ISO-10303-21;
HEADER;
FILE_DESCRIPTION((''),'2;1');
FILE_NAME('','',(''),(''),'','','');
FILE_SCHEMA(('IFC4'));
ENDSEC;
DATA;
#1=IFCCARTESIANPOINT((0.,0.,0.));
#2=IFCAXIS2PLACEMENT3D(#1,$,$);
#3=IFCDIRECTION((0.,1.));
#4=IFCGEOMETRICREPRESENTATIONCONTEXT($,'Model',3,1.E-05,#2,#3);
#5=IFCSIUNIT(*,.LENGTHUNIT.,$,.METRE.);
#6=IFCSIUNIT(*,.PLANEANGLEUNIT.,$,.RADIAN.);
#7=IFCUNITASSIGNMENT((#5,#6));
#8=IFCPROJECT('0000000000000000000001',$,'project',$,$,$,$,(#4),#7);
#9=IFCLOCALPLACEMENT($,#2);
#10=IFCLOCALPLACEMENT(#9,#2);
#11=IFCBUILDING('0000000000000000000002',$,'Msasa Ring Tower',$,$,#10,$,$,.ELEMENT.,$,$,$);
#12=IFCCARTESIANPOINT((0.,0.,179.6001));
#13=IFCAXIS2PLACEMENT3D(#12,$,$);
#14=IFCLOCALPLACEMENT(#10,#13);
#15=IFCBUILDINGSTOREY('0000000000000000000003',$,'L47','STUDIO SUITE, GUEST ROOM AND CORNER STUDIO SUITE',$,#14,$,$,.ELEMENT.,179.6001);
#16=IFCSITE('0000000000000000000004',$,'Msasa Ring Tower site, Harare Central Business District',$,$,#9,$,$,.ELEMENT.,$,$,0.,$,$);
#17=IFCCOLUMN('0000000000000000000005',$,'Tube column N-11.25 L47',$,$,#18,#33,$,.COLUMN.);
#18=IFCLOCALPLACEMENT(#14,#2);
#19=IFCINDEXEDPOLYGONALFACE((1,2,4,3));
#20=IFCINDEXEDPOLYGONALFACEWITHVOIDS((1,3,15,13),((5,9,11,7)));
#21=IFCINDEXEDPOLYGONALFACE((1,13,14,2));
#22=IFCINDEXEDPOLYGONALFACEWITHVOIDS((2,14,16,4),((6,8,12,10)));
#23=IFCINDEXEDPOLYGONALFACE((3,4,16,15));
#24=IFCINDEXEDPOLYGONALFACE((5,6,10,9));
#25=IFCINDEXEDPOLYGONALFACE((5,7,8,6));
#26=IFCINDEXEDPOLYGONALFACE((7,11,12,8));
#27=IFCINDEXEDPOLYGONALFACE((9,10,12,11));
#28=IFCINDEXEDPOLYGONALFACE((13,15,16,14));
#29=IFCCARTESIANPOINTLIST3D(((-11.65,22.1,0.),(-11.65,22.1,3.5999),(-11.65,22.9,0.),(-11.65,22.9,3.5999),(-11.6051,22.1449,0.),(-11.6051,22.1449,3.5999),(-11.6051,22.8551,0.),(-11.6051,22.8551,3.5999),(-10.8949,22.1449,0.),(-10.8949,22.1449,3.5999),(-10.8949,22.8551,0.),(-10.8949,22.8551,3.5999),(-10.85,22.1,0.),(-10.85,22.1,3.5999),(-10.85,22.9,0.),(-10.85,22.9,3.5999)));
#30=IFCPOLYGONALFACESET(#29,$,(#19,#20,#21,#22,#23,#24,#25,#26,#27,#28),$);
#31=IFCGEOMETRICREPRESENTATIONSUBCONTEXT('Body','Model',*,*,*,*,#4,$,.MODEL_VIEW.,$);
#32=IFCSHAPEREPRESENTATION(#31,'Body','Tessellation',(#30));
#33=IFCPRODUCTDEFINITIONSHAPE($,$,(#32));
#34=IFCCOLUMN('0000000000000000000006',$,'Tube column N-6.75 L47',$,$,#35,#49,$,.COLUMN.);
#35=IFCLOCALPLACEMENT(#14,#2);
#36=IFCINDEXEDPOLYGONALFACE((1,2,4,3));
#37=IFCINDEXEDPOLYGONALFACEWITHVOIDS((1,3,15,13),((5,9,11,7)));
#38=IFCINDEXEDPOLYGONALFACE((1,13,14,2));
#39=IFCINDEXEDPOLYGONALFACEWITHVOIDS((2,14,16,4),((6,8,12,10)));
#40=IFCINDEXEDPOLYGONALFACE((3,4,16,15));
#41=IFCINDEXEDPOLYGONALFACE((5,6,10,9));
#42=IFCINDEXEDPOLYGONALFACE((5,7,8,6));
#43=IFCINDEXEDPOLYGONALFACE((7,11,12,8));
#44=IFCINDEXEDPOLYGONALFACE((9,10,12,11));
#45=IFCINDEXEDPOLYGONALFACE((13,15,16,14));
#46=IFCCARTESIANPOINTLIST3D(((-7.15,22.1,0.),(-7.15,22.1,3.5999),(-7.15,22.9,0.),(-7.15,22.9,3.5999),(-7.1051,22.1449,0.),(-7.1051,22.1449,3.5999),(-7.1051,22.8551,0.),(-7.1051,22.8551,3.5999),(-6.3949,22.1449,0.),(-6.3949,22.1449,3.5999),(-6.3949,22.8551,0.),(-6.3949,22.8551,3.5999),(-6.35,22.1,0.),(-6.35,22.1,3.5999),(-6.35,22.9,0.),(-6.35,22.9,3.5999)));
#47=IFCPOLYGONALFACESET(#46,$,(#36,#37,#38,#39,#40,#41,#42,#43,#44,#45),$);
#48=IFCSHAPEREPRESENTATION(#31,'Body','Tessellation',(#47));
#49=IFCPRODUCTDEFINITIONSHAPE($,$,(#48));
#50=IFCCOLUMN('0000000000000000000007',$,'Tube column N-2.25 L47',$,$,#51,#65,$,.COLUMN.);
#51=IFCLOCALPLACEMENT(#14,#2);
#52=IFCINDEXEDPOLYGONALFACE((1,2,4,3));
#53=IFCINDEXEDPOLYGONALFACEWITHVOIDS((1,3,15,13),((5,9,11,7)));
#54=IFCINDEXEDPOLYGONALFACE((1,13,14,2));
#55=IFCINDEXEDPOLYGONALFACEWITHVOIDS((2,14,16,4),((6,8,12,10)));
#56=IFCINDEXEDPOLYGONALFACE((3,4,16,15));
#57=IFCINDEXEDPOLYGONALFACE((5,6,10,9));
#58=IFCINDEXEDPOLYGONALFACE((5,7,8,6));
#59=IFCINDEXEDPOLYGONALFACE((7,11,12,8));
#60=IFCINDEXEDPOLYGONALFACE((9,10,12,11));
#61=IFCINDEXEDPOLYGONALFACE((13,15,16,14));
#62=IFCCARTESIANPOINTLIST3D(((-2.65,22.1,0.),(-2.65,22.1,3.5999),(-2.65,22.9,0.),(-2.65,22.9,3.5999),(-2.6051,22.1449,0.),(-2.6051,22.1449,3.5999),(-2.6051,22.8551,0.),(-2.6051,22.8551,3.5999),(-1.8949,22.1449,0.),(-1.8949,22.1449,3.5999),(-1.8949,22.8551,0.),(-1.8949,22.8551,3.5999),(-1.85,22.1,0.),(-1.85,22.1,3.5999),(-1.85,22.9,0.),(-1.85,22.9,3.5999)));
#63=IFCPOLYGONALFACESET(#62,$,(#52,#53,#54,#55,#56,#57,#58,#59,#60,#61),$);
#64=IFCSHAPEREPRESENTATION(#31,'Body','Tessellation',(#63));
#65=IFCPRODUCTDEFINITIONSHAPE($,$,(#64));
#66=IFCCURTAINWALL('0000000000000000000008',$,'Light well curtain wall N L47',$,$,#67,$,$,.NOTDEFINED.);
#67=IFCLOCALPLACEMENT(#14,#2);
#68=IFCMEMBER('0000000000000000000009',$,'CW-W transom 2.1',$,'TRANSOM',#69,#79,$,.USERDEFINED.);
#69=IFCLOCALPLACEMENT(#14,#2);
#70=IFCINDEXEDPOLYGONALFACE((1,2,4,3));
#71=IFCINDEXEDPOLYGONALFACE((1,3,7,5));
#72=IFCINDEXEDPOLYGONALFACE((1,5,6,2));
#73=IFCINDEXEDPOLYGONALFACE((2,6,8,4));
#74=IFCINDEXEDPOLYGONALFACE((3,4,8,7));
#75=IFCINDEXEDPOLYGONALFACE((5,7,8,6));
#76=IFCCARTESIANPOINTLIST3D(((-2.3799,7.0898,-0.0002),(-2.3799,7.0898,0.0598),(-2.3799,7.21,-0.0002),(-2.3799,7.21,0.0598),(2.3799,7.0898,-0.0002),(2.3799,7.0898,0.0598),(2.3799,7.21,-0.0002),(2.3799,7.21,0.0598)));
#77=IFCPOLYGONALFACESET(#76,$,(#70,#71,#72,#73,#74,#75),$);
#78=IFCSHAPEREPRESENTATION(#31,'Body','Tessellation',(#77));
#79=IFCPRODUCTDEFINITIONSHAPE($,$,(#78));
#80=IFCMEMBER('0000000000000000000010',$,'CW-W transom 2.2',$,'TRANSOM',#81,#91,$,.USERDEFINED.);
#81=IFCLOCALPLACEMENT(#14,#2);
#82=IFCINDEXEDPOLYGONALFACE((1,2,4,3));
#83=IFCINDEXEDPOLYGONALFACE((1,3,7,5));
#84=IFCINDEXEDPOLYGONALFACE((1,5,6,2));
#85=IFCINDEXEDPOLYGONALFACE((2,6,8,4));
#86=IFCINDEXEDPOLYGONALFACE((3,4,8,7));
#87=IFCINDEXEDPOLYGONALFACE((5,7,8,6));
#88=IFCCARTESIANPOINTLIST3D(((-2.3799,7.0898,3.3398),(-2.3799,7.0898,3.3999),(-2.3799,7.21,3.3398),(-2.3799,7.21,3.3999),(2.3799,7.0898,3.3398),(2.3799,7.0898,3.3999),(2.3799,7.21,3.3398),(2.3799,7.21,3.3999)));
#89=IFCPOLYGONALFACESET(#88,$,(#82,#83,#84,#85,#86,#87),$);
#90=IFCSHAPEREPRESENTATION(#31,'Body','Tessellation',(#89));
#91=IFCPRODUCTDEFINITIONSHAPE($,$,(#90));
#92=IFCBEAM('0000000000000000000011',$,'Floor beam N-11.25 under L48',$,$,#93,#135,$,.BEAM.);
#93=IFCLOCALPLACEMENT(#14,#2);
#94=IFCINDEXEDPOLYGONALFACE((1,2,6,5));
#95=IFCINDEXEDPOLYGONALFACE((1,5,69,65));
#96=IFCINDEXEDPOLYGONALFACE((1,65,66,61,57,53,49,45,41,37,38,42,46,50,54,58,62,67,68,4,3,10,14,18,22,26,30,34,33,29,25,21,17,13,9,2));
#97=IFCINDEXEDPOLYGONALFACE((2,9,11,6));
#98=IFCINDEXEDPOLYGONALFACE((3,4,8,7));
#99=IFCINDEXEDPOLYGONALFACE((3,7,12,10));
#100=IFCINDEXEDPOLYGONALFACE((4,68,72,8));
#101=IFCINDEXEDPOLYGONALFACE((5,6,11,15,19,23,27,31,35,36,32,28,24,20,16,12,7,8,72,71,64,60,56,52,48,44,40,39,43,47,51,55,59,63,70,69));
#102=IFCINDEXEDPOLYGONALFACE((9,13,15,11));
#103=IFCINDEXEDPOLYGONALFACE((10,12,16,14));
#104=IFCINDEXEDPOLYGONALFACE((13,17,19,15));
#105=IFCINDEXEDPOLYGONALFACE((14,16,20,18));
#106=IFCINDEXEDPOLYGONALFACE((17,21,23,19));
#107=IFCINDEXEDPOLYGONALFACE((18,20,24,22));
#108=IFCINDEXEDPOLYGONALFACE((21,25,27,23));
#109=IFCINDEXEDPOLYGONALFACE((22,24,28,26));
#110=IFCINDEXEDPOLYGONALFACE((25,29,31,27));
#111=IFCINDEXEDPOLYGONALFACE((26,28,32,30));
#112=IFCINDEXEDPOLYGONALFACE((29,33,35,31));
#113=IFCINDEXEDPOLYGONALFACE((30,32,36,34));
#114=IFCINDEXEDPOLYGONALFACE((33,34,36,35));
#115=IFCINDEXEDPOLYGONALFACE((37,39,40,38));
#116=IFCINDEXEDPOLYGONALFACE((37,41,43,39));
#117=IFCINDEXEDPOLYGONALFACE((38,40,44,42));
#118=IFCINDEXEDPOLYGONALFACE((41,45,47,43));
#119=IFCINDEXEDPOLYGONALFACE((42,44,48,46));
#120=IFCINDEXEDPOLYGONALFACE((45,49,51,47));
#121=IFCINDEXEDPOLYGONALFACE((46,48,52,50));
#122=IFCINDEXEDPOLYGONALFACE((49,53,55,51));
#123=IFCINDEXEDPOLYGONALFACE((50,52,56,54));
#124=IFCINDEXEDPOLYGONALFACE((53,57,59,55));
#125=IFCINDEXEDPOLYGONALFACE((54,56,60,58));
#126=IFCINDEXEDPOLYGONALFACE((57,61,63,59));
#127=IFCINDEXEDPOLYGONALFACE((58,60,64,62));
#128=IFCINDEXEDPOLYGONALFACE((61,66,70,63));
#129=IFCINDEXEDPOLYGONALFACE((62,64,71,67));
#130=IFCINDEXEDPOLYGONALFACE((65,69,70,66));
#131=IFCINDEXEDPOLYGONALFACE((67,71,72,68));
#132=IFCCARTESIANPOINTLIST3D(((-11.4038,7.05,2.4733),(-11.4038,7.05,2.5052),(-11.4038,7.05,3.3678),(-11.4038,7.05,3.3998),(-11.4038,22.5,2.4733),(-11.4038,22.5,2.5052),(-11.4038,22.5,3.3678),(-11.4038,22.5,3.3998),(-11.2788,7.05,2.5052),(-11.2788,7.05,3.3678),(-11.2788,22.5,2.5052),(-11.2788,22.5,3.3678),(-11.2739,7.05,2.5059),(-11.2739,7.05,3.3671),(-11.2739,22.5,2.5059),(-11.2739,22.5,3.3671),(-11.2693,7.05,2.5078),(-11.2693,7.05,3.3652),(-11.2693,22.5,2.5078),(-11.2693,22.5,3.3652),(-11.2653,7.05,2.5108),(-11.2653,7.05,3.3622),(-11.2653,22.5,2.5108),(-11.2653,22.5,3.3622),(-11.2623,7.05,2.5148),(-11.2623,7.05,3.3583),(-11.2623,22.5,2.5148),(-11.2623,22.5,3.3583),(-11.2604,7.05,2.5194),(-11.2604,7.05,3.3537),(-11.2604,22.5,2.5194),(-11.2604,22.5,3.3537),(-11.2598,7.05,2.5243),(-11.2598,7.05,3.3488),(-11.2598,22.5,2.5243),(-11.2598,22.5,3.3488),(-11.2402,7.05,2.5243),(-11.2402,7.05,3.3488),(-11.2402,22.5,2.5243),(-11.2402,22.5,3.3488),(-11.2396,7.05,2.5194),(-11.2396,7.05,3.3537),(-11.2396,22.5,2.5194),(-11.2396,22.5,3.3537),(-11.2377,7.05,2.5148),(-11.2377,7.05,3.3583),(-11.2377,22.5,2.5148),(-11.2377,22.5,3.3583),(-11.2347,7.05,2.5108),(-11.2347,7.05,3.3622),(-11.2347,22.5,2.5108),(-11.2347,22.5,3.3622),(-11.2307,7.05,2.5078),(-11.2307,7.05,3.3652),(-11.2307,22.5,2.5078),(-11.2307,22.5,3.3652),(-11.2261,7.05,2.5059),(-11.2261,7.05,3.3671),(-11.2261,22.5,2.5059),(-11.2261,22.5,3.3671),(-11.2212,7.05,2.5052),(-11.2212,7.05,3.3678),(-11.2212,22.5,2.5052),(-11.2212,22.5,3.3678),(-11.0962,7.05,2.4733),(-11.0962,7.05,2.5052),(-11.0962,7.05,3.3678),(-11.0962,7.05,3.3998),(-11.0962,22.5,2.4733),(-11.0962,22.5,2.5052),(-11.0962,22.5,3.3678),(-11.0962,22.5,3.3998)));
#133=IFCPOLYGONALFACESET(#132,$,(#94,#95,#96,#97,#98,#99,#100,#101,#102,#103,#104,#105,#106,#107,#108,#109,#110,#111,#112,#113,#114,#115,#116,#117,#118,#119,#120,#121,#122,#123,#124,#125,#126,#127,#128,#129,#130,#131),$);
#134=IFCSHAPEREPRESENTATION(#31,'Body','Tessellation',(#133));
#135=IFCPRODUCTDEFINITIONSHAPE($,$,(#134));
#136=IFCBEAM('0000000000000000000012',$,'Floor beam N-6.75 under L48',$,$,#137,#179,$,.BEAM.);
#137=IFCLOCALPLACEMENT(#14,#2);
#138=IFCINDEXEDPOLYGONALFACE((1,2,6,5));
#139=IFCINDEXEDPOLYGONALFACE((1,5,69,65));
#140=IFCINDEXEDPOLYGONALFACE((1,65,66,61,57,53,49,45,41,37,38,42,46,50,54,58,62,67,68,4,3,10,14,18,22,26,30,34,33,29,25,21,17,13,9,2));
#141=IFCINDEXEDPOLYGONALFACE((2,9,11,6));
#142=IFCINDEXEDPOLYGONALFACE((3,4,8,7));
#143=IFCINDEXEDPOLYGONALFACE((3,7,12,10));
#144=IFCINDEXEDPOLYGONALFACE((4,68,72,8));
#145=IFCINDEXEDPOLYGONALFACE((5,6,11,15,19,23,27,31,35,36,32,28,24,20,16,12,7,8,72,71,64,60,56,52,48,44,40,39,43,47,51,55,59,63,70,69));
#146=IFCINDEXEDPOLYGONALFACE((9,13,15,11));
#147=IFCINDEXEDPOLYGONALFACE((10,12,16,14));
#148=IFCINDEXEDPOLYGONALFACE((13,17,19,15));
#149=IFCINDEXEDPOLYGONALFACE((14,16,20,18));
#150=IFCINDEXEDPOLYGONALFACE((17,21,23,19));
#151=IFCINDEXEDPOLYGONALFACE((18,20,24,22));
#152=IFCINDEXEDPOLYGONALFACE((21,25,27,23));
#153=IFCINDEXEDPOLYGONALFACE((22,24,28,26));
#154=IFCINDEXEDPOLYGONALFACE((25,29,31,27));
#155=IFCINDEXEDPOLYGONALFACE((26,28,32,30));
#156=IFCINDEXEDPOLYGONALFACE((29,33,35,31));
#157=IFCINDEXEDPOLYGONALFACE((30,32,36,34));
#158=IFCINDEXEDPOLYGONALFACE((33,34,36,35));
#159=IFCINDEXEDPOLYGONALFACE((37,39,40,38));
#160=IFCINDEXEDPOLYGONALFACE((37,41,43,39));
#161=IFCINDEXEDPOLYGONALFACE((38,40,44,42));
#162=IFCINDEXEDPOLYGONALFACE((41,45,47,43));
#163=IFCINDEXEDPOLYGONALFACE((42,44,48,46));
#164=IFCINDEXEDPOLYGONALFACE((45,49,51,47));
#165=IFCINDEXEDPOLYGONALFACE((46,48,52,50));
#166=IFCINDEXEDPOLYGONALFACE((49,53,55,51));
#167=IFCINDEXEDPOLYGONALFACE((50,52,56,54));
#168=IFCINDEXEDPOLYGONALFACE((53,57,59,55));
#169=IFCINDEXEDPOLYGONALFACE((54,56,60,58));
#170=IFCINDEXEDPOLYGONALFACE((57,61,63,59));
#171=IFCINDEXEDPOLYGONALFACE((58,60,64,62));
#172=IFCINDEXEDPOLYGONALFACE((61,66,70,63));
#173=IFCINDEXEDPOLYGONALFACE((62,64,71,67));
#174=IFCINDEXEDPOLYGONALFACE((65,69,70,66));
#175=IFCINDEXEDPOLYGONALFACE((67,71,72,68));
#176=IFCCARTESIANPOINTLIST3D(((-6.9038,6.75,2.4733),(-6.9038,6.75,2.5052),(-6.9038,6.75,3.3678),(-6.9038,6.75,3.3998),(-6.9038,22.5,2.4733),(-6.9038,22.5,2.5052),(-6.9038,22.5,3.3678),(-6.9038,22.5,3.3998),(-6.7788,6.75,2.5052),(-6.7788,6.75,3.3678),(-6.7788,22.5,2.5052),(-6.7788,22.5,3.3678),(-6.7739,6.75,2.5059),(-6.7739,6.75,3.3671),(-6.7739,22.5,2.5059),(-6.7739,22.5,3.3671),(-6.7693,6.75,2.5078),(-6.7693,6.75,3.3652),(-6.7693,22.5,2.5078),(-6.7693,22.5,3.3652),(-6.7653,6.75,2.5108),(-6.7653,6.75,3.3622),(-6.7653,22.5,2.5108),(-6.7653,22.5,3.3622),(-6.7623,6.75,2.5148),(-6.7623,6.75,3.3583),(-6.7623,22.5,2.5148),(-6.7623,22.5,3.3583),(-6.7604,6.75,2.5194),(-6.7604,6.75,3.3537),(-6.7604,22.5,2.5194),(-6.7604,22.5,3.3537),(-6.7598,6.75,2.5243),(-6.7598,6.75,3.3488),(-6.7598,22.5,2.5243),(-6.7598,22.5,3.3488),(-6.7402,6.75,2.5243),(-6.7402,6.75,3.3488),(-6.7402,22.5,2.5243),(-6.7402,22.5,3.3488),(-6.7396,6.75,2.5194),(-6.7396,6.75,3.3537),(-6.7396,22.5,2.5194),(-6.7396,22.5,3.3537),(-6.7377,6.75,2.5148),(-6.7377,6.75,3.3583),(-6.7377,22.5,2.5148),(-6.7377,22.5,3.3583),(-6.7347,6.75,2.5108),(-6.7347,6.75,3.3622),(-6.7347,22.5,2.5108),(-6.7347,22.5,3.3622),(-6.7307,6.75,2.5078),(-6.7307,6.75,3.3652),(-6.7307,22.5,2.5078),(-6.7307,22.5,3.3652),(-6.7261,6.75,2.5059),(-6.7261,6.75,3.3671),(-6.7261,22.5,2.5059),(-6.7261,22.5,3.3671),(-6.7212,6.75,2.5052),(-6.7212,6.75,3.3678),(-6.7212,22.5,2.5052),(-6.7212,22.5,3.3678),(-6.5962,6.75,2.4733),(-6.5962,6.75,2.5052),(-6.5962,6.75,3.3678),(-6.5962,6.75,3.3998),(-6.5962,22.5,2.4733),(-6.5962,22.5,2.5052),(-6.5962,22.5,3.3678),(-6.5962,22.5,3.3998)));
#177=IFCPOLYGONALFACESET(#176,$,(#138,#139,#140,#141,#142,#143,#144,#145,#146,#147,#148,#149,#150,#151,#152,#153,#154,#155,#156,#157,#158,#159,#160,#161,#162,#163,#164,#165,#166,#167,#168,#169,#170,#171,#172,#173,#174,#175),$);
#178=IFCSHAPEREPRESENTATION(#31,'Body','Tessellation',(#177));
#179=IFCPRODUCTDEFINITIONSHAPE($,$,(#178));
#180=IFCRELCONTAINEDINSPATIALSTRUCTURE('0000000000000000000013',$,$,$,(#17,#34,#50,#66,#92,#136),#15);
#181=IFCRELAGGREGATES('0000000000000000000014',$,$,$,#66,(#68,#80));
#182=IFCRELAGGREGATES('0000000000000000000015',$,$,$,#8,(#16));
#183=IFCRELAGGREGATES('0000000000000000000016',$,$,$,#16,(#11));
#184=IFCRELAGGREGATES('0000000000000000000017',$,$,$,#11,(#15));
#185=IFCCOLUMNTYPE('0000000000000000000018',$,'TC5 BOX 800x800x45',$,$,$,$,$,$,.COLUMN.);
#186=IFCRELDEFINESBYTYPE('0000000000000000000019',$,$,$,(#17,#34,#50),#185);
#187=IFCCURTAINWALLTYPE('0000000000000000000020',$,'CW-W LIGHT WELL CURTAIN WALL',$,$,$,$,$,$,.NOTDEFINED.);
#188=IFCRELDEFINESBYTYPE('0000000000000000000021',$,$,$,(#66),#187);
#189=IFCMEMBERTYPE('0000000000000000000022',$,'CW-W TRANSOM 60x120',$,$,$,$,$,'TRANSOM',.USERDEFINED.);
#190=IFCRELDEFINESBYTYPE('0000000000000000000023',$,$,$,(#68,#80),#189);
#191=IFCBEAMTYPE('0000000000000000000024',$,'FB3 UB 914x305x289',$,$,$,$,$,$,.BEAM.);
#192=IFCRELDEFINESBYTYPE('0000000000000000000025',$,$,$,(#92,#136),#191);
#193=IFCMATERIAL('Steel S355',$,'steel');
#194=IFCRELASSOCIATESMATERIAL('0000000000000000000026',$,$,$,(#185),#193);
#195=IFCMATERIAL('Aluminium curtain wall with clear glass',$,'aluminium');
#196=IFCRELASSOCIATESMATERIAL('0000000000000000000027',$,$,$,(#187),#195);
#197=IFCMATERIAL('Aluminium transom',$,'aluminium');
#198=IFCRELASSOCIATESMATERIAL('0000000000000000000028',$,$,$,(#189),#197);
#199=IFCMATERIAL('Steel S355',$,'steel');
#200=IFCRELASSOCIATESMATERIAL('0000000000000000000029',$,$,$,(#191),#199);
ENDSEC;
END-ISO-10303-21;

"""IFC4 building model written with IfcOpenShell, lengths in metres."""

from ifc_helpers import new_model, si_unit, direction, frame, origin, origin_2d, place, context, subcontext, project, spatial, rectangle, hollow_rectangle, i_section, extrude, material, material_profile, profile_set, type_object, element, aggregate, save


model = new_model("IFC4")

# Units and contexts
model_context = context("Model", 3, precision=1e-05, world=origin(), true_north=direction((0.0, 1.0)))
body_context = subcontext(model_context, "Body", "Model", "MODEL_VIEW")
ifc_project = project(units=[si_unit("LENGTHUNIT", "METRE"), si_unit("PLANEANGLEUNIT", "RADIAN")], contexts=[model_context])

# Site, building, storey
site_placement = place(None, origin())
site = spatial("IfcSite", under=ifc_project, at=site_placement, Name="Msasa Ring Tower site, Harare Central Business District", CompositionType="ELEMENT", RefElevation=0.0)
building_placement = place(site_placement, origin())
building = spatial("IfcBuilding", under=site, at=building_placement, Name="Msasa Ring Tower", CompositionType="ELEMENT")
storey_placement = place(building_placement, frame((0.0, 0.0, 179.6001)))
storey = spatial("IfcBuildingStorey", under=building, at=storey_placement, Name="L47", Description="STUDIO SUITE, GUEST ROOM AND CORNER STUDIO SUITE", CompositionType="ELEMENT", Elevation=179.6001)

# Columns
ifc_material_1 = material(Name="Steel S355", Category="steel")
ifc_material_profile_1 = material_profile(ifc_material_1, hollow_rectangle(XDim=0.8, YDim=0.8, WallThickness=0.0449, at=origin_2d()), Name="BOX 800x800x45")
ifc_profile_set_1 = profile_set([ifc_material_profile_1], Name="Steel S355")
column_type = type_object("IfcColumnType", Name="TC5 BOX 800x800x45", PredefinedType="COLUMN", material=ifc_profile_set_1)
for number, where, z_axis, x_axis, name in (
    (1, (-11.25, 22.5, 0.0), (0.0, 0.0, 1.0), (0.0, 1.0, 0.0), "Tube column N-11.25 L47"),
    (2, (-6.75, 22.5, 0.0), (0.0, 0.0, 1.0), (0.0, 1.0, 0.0), "Tube column N-6.75 L47"),
    (3, (-2.25, 22.5, 0.0), (0.0, 0.0, 1.0), (0.0, 1.0, 0.0), "Tube column N-2.25 L47"),
):
    element("IfcColumn", number, at=place(storey_placement, frame(where, z_axis=z_axis, x_axis=x_axis)), inside=storey, type_object=column_type, Name=name, PredefinedType="COLUMN", context=body_context, shape_type="SweptSolid", body=[
        extrude(hollow_rectangle(XDim=0.8, YDim=0.8, WallThickness=0.0449, at=origin_2d()), origin(), (0.0, 0.0, 1.0), 3.5999),
    ])

# Curtain wall, members
ifc_material_2 = material(Name="Aluminium curtain wall with clear glass", Category="aluminium")
curtain_wall_type = type_object("IfcCurtainWallType", Name="CW-W LIGHT WELL CURTAIN WALL", PredefinedType="NOTDEFINED", material=ifc_material_2)
curtain_wall_placement = place(storey_placement, origin())
curtain_wall = element("IfcCurtainWall", 4, at=curtain_wall_placement, inside=storey, type_object=curtain_wall_type, Name="Light well curtain wall N L47", PredefinedType="NOTDEFINED")
ifc_material_3 = material(Name="Aluminium transom", Category="aluminium")
ifc_material_profile_2 = material_profile(ifc_material_3, rectangle(XDim=0.1201, YDim=0.0601, at=origin_2d()), Name="AL 60x120")
ifc_profile_set_2 = profile_set([ifc_material_profile_2], Name="Aluminium transom")
member_type = type_object("IfcMemberType", Name="CW-W TRANSOM 60x120", ElementType="TRANSOM", PredefinedType="USERDEFINED", material=ifc_profile_set_2)
member_1_placement = place(storey_placement, frame((-2.3799, 7.1499, 0.0298), z_axis=(1.0, 0.0, 0.0), x_axis=(0.0, 1.0, 0.0)))
member_1 = element("IfcMember", 5, at=member_1_placement, type_object=member_type, Name="CW-W transom 2.1", ObjectType="TRANSOM", PredefinedType="USERDEFINED", context=body_context, shape_type="SweptSolid", body=[
    extrude(rectangle(XDim=0.1201, YDim=0.0601, at=origin_2d()), origin(), (0.0, 0.0, 1.0), 4.7598),
])
member_2_placement = place(storey_placement, frame((-2.3799, 7.1499, 3.3699), z_axis=(1.0, 0.0, 0.0), x_axis=(0.0, 1.0, 0.0)))
member_2 = element("IfcMember", 6, at=member_2_placement, type_object=member_type, Name="CW-W transom 2.2", ObjectType="TRANSOM", PredefinedType="USERDEFINED", context=body_context, shape_type="SweptSolid", body=[
    extrude(rectangle(XDim=0.1201, YDim=0.0601, at=origin_2d()), origin(), (0.0, 0.0, 1.0), 4.7598),
])
aggregate(curtain_wall, [member_1, member_2])

# Beams
ifc_material_4 = material(Name="Steel S355", Category="steel")
ifc_material_profile_3 = material_profile(ifc_material_4, i_section(OverallWidth=0.3076, OverallDepth=0.9265, WebThickness=0.0195, FlangeThickness=0.032, FilletRadius=0.019, at=origin_2d()), Name="UB 914x305x289")
ifc_profile_set_3 = profile_set([ifc_material_profile_3], Name="Steel S355")
beam_type_1 = type_object("IfcBeamType", Name="FB3 UB 914x305x289", PredefinedType="BEAM", material=ifc_profile_set_3)
beam_placement = place(storey_placement, frame((-11.25, 22.5, 2.9365), z_axis=(0.0, -1.0, 0.0), x_axis=(1.0, 0.0, 0.0)))
element("IfcBeam", 7, at=beam_placement, inside=storey, type_object=beam_type_1, Name="Floor beam N-11.25 under L48", PredefinedType="BEAM", context=body_context, shape_type="SweptSolid", body=[
    extrude(i_section(OverallWidth=0.3076, OverallDepth=0.9265, WebThickness=0.0195, FlangeThickness=0.032, FilletRadius=0.019, at=origin_2d()), origin(), (0.0, 0.0, 1.0), 15.45),
])
for number, where, z_axis, x_axis, name in (
    (8, (-6.75, 22.5, 2.9365), (0.0, -1.0, 0.0), (1.0, 0.0, 0.0), "Floor beam N-6.75 under L48"),
):
    element("IfcBeam", number, at=place(storey_placement, frame(where, z_axis=z_axis, x_axis=x_axis)), inside=storey, type_object=beam_type_1, Name=name, PredefinedType="BEAM", context=body_context, shape_type="SweptSolid", body=[
        extrude(i_section(OverallWidth=0.3076, OverallDepth=0.9265, WebThickness=0.0195, FlangeThickness=0.032, FilletRadius=0.019, at=origin_2d()), origin(), (0.0, 0.0, 1.0), 15.75),
    ])

save(model, "model.ifc")
